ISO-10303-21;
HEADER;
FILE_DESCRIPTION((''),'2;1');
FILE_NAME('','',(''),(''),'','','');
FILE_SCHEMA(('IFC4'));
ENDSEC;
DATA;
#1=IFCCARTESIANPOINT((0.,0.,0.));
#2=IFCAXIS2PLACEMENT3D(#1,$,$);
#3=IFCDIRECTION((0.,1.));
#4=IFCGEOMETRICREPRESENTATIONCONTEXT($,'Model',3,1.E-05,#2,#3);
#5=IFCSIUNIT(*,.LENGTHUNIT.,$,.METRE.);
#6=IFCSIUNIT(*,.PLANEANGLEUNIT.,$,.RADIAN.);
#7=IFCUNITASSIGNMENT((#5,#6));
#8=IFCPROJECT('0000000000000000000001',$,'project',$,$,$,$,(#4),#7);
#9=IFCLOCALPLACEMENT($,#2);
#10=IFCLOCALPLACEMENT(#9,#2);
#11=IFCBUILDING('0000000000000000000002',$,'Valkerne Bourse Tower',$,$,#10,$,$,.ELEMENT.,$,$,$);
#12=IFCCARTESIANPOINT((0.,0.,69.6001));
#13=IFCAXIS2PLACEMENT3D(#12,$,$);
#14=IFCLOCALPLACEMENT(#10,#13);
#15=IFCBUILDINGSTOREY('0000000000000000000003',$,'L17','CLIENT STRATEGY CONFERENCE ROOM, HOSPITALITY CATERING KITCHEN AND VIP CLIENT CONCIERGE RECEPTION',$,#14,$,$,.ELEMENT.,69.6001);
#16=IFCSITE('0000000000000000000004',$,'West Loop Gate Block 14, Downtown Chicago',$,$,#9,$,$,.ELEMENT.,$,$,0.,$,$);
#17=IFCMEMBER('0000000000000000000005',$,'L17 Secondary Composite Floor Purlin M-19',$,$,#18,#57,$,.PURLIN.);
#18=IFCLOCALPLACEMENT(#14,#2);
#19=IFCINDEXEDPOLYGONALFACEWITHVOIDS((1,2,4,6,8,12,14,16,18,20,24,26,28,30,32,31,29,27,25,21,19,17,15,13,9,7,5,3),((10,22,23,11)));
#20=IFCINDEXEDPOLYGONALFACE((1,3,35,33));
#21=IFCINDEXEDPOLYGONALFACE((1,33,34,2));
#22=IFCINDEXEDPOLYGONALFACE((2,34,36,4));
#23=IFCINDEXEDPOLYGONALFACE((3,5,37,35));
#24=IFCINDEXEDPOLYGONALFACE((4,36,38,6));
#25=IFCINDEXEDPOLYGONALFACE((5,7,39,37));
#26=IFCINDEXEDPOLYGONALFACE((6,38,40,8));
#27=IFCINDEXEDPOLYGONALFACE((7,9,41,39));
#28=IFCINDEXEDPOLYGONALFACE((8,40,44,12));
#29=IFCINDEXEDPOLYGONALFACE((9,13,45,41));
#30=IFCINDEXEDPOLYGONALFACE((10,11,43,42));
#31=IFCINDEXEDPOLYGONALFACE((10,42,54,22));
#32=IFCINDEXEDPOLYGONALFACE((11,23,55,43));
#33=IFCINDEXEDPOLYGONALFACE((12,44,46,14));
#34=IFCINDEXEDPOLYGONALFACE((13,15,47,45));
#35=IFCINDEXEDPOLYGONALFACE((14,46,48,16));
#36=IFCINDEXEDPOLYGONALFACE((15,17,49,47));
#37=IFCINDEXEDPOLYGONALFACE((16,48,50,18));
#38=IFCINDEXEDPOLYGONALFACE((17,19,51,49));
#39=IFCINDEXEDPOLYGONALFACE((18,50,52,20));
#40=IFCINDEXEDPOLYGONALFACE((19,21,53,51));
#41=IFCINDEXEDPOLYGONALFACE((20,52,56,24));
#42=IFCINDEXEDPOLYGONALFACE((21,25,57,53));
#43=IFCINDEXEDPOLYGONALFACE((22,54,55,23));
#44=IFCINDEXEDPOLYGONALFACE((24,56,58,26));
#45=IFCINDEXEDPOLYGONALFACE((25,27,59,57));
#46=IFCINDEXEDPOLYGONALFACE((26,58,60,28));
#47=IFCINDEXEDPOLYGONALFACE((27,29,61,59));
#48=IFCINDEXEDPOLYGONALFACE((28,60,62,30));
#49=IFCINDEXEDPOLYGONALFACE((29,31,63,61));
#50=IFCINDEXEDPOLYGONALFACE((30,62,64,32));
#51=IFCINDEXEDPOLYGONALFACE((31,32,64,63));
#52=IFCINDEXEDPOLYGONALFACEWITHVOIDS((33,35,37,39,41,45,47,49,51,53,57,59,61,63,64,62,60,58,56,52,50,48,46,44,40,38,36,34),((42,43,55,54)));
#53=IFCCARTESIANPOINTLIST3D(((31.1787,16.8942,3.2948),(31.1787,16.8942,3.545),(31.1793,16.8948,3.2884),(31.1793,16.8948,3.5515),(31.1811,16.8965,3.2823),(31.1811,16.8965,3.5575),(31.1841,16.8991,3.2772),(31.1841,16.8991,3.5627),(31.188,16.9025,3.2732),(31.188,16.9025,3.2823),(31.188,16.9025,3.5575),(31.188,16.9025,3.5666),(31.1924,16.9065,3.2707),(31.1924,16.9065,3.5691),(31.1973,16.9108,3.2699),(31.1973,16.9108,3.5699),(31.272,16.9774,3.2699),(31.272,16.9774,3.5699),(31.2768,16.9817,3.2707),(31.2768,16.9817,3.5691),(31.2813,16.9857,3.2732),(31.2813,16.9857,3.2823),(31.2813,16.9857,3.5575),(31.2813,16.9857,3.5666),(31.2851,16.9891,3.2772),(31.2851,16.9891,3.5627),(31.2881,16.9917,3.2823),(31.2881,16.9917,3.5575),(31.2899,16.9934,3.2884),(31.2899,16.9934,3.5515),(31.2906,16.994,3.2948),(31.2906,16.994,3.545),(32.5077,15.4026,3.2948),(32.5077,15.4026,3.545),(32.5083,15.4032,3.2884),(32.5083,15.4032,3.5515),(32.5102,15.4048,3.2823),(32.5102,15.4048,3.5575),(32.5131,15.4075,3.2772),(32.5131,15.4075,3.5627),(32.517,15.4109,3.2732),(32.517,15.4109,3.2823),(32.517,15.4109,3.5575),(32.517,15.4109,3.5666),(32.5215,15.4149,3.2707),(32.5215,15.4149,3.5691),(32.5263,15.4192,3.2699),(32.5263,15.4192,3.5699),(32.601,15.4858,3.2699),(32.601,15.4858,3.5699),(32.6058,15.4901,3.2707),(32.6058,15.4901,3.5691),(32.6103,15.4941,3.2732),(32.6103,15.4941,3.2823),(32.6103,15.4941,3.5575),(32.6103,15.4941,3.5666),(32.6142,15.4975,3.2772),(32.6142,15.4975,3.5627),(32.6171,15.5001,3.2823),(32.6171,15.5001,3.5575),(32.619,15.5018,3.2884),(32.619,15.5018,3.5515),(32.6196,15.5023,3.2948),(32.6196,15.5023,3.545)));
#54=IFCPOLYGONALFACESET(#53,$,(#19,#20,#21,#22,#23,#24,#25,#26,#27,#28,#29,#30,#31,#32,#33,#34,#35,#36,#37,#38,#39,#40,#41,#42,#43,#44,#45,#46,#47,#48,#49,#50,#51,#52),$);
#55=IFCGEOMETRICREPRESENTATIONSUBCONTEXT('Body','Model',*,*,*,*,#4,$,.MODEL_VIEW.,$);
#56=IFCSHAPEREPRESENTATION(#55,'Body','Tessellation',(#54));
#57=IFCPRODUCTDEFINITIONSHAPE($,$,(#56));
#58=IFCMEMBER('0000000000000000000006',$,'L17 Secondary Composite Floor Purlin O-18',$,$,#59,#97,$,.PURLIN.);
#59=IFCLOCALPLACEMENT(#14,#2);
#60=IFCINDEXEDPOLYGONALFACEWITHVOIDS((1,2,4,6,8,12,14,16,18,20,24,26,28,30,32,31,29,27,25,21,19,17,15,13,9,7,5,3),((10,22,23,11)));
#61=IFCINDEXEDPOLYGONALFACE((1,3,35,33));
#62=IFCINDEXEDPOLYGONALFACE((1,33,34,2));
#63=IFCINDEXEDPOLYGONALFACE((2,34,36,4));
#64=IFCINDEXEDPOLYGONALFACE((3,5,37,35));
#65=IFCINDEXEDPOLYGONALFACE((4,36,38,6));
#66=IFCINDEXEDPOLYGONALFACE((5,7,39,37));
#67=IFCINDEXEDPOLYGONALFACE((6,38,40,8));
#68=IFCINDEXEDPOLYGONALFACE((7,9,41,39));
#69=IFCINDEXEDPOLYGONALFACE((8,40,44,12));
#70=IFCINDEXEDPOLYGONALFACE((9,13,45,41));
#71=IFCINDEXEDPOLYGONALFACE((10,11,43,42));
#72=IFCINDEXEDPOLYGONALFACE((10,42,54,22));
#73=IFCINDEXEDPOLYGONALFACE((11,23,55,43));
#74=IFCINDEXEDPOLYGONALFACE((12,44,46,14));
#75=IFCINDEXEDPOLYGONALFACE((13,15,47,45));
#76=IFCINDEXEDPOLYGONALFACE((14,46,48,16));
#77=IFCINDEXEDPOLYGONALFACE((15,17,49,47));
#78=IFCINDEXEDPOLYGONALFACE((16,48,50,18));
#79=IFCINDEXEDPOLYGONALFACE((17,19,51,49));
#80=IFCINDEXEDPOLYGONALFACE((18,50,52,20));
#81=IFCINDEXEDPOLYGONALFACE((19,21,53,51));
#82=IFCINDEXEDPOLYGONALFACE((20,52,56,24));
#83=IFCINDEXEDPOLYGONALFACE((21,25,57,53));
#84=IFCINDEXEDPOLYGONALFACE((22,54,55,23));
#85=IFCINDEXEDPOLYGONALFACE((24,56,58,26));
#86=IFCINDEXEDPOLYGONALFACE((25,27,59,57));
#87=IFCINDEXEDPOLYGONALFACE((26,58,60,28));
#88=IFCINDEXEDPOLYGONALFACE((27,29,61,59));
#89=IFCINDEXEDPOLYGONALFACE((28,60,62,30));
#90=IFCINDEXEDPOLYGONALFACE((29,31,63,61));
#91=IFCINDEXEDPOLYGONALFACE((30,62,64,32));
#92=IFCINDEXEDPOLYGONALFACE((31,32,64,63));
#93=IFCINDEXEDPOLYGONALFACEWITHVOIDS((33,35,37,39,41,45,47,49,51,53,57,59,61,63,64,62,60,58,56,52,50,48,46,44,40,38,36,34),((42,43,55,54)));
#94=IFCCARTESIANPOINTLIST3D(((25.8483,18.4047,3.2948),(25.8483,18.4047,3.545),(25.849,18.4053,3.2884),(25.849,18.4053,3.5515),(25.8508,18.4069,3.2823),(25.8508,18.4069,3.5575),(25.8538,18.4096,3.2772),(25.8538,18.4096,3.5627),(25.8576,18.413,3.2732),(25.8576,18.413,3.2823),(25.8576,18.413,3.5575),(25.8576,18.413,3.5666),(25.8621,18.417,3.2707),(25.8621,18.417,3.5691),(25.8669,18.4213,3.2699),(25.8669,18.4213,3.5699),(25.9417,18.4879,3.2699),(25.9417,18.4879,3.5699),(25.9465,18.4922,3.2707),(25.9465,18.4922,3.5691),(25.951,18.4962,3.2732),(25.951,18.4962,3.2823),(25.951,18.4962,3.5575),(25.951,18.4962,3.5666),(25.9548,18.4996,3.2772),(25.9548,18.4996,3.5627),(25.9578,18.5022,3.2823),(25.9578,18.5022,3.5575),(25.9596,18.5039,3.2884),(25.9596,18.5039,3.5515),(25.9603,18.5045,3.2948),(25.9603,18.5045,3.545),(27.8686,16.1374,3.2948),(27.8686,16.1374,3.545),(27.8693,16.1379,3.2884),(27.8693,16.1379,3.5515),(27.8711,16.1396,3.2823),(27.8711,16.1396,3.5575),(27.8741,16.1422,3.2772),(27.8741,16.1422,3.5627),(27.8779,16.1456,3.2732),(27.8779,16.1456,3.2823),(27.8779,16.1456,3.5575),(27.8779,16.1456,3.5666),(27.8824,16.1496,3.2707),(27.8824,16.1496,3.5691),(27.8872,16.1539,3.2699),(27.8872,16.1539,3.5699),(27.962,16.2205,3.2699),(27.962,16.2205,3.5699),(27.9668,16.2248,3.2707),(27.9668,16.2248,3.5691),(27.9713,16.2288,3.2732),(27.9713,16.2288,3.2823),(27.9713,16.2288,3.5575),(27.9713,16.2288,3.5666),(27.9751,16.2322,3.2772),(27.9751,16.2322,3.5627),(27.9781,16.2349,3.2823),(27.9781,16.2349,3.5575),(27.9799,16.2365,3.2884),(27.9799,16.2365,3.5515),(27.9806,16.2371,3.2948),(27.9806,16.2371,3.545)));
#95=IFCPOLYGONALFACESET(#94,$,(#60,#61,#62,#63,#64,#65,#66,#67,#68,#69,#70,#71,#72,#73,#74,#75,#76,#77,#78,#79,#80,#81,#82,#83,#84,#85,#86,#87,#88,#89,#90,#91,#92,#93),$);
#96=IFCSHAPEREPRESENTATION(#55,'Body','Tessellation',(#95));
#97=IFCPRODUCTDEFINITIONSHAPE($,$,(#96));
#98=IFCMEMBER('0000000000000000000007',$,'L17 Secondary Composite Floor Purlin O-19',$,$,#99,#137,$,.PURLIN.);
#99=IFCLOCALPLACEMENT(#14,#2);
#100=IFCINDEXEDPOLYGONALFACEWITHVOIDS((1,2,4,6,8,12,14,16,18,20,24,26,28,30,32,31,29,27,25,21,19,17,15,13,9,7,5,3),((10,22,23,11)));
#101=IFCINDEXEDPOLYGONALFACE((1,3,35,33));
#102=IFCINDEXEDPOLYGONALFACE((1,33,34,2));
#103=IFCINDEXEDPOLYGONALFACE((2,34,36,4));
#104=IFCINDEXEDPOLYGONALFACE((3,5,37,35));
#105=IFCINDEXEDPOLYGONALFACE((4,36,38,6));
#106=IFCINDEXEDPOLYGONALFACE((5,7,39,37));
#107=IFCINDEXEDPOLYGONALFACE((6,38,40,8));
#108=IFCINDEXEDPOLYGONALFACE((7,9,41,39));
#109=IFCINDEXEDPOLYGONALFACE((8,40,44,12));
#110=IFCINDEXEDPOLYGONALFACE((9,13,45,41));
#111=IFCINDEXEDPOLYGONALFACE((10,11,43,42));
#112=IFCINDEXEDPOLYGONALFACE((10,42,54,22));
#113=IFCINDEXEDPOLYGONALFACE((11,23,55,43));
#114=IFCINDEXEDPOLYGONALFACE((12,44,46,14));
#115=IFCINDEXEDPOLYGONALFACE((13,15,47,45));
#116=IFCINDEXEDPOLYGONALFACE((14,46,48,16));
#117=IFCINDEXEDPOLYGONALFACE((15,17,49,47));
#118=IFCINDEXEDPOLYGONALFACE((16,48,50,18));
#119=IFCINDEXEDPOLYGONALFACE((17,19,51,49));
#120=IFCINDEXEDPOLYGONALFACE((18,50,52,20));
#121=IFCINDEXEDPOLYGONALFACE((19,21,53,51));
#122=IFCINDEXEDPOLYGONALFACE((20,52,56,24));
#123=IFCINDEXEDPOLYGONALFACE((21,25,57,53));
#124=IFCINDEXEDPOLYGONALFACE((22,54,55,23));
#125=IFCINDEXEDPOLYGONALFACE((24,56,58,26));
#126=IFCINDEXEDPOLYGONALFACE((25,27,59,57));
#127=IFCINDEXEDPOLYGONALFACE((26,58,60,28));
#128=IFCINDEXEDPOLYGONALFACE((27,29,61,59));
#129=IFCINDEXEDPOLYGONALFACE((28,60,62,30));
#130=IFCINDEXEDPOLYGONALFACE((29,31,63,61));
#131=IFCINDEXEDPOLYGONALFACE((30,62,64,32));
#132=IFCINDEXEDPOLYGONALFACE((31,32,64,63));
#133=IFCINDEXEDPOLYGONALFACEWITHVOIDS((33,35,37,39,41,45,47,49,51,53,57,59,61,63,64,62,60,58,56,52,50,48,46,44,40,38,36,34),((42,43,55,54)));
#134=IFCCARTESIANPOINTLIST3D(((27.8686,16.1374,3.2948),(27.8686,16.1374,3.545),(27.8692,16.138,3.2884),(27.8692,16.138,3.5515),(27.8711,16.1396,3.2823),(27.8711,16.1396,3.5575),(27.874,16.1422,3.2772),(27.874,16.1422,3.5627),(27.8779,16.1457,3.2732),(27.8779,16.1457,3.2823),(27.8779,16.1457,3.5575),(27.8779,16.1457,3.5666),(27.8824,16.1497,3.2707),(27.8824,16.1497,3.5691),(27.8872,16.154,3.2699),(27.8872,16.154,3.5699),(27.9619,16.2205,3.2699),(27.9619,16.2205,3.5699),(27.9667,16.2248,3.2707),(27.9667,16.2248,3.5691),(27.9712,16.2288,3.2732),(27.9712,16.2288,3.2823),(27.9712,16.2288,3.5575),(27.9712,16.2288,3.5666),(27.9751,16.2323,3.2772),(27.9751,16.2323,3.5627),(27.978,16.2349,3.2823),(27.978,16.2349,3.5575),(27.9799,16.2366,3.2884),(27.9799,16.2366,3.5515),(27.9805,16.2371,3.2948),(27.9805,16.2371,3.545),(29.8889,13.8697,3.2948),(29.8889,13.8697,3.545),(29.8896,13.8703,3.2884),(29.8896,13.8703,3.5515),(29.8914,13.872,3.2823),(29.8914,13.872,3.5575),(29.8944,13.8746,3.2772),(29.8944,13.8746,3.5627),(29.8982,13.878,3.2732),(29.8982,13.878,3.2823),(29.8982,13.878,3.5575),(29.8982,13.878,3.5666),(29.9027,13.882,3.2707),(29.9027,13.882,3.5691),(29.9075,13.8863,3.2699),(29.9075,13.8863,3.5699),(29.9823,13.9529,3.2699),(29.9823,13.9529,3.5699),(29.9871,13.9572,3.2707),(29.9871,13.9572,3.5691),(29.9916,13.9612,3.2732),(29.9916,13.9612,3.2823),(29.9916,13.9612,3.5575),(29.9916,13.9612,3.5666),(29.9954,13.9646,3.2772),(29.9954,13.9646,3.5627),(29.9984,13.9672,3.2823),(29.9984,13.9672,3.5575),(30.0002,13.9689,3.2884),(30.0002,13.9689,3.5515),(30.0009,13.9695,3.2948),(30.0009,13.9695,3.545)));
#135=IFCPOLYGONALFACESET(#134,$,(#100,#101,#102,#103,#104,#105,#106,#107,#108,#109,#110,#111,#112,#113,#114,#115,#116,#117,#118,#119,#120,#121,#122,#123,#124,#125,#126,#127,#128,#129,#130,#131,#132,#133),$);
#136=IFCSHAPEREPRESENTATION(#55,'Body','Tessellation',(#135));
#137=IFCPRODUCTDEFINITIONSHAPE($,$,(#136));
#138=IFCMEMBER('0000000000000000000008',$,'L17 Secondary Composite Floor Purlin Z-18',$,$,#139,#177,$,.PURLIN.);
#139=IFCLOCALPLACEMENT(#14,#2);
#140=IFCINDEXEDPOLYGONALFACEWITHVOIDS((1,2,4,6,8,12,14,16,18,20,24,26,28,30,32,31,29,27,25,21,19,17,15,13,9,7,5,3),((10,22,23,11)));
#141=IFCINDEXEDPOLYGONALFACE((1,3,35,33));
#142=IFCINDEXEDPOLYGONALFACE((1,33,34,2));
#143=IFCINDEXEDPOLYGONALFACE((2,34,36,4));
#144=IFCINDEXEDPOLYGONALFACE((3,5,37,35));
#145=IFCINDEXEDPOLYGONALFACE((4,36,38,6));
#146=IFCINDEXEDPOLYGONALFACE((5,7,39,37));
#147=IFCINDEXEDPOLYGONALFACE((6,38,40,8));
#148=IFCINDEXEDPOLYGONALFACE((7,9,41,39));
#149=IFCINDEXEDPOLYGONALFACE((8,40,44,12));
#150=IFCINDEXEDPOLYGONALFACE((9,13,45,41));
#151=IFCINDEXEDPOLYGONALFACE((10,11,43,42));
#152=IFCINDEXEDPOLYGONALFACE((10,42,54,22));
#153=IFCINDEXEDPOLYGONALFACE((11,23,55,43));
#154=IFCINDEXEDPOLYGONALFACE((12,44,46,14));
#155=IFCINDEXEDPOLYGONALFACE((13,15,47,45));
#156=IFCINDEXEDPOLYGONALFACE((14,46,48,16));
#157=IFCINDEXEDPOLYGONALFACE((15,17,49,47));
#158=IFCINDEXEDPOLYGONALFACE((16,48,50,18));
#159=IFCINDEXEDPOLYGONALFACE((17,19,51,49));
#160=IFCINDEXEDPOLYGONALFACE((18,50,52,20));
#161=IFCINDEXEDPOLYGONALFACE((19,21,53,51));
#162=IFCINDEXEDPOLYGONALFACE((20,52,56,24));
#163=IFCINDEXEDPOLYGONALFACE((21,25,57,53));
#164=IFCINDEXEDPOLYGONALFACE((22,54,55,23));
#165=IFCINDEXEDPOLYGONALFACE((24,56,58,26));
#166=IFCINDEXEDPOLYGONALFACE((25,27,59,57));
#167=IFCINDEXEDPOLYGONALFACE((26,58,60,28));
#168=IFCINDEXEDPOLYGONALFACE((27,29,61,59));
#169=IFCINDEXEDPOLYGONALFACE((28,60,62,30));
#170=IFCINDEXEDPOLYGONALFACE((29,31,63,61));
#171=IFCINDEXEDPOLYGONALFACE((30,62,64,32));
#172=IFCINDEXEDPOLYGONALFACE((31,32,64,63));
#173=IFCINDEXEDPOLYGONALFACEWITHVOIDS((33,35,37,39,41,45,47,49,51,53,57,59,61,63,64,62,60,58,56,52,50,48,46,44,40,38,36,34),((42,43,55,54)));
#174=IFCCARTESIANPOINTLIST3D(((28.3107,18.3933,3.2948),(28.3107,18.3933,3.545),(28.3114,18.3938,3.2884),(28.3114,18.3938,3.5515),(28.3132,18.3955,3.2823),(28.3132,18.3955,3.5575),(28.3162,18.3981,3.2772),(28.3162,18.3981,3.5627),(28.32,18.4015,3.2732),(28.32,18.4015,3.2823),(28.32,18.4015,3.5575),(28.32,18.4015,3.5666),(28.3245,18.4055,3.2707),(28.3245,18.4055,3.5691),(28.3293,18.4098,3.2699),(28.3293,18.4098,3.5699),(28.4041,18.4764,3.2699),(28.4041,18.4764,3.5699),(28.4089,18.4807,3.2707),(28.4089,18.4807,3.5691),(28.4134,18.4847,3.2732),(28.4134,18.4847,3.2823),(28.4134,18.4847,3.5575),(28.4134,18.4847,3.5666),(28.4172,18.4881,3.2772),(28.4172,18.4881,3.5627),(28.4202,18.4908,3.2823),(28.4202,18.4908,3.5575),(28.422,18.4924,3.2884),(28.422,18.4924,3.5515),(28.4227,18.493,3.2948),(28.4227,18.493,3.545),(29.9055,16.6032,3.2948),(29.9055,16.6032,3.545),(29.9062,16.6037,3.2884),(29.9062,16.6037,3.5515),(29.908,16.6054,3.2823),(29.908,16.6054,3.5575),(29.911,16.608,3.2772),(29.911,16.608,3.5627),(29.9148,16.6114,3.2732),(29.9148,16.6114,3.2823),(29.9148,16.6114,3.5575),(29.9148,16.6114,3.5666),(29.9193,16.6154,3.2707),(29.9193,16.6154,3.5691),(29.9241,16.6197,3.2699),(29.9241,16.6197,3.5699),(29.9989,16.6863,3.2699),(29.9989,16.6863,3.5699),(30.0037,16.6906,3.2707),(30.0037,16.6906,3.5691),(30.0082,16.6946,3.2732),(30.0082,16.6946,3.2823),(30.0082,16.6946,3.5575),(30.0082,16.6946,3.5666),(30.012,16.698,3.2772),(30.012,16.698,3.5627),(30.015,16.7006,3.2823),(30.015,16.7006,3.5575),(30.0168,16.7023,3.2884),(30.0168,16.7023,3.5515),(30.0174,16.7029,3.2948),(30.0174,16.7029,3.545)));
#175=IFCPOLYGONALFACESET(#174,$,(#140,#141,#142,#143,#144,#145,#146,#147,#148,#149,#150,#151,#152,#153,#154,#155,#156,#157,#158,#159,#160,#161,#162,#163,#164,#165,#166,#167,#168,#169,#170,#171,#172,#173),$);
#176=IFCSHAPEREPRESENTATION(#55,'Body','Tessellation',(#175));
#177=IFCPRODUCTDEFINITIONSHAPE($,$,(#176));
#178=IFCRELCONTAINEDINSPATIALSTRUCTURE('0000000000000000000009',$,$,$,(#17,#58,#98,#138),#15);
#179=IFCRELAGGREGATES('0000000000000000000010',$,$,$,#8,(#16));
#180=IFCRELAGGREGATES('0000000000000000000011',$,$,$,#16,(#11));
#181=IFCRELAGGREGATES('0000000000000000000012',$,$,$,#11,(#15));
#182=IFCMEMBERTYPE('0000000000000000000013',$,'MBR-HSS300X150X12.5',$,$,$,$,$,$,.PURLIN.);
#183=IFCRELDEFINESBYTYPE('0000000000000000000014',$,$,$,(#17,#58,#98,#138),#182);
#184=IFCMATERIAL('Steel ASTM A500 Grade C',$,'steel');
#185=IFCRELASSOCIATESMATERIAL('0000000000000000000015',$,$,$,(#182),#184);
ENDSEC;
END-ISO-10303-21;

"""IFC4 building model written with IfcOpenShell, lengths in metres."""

from ifc_helpers import new_model, si_unit, direction, frame, origin, origin_2d, place, context, subcontext, project, spatial, hollow_rectangle, extrude, material, material_profile, profile_set, type_object, element, save


model = new_model("IFC4")

# Units and contexts
model_context = context("Model", 3, precision=1e-05, world=origin(), true_north=direction((0.0, 1.0)))
body_context = subcontext(model_context, "Body", "Model", "MODEL_VIEW")
ifc_project = project(units=[si_unit("LENGTHUNIT", "METRE"), si_unit("PLANEANGLEUNIT", "RADIAN")], contexts=[model_context])

# Site, building, storey
site_placement = place(None, origin())
site = spatial("IfcSite", under=ifc_project, at=site_placement, Name="West Loop Gate Block 14, Downtown Chicago", CompositionType="ELEMENT", RefElevation=0.0)
building_placement = place(site_placement, origin())
building = spatial("IfcBuilding", under=site, at=building_placement, Name="Valkerne Bourse Tower", CompositionType="ELEMENT")
storey_placement = place(building_placement, frame((0.0, 0.0, 69.6001)))
storey = spatial("IfcBuildingStorey", under=building, at=storey_placement, Name="L17", Description="CLIENT STRATEGY CONFERENCE ROOM, HOSPITALITY CATERING KITCHEN AND VIP CLIENT CONCIERGE RECEPTION", CompositionType="ELEMENT", Elevation=69.6001)

# Members
ifc_material_1 = material(Name="Steel ASTM A500 Grade C", Category="steel")
ifc_material_profile_1 = material_profile(ifc_material_1, hollow_rectangle(XDim=0.1499, YDim=0.3, WallThickness=0.0125, OuterFilletRadius=0.0249, at=origin_2d()), Name="HSS300X150X12.5")
ifc_profile_set_1 = profile_set([ifc_material_profile_1], Name="Steel ASTM A500 Grade C")
member_type_1 = type_object("IfcMemberType", Name="MBR-HSS300X150X12.5", PredefinedType="PURLIN", material=ifc_profile_set_1)
member_1_placement = place(storey_placement, frame((31.2346, 16.9441, 3.4199), z_axis=(0.665243, -0.746627, 0.0), x_axis=(0.746627, 0.665243, 0.0)))
element("IfcMember", 1, at=member_1_placement, inside=storey, type_object=member_type_1, Name="L17 Secondary Composite Floor Purlin M-19", PredefinedType="PURLIN", context=body_context, shape_type="SweptSolid", body=[
    extrude(hollow_rectangle(XDim=0.1499, YDim=0.3, WallThickness=0.0125, OuterFilletRadius=0.0249, at=origin_2d()), origin(), (0.0, 0.0, 1.0), 1.9978),
])
member_2_placement = place(storey_placement, frame((25.9043, 18.4546, 3.4199), z_axis=(0.665257, -0.746615, 0.0), x_axis=(0.746615, 0.665257, 0.0)))
element("IfcMember", 2, at=member_2_placement, inside=storey, type_object=member_type_1, Name="L17 Secondary Composite Floor Purlin O-18", PredefinedType="PURLIN", context=body_context, shape_type="SweptSolid", body=[
    extrude(hollow_rectangle(XDim=0.1499, YDim=0.3, WallThickness=0.0125, OuterFilletRadius=0.0249, at=origin_2d()), origin(), (0.0, 0.0, 1.0), 3.0369),
])
member_3_placement = place(storey_placement, frame((27.9246, 16.1873, 3.4199), z_axis=(0.665217, -0.74665, 0.0), x_axis=(0.74665, 0.665217, 0.0)))
element("IfcMember", 3, at=member_3_placement, inside=storey, type_object=member_type_1, Name="L17 Secondary Composite Floor Purlin O-19", PredefinedType="PURLIN", context=body_context, shape_type="SweptSolid", body=[
    extrude(hollow_rectangle(XDim=0.1499, YDim=0.3, WallThickness=0.0125, OuterFilletRadius=0.0249, at=origin_2d()), origin(), (0.0, 0.0, 1.0), 3.0371),
])
member_4_placement = place(storey_placement, frame((28.3667, 18.4431, 3.4199), z_axis=(0.665198, -0.746667, 0.0), x_axis=(0.746667, 0.665198, 0.0)))
element("IfcMember", 4, at=member_4_placement, inside=storey, type_object=member_type_1, Name="L17 Secondary Composite Floor Purlin Z-18", PredefinedType="PURLIN", context=body_context, shape_type="SweptSolid", body=[
    extrude(hollow_rectangle(XDim=0.1499, YDim=0.3, WallThickness=0.0125, OuterFilletRadius=0.0249, at=origin_2d()), origin(), (0.0, 0.0, 1.0), 2.3975),
])

save(model, "model.ifc")
